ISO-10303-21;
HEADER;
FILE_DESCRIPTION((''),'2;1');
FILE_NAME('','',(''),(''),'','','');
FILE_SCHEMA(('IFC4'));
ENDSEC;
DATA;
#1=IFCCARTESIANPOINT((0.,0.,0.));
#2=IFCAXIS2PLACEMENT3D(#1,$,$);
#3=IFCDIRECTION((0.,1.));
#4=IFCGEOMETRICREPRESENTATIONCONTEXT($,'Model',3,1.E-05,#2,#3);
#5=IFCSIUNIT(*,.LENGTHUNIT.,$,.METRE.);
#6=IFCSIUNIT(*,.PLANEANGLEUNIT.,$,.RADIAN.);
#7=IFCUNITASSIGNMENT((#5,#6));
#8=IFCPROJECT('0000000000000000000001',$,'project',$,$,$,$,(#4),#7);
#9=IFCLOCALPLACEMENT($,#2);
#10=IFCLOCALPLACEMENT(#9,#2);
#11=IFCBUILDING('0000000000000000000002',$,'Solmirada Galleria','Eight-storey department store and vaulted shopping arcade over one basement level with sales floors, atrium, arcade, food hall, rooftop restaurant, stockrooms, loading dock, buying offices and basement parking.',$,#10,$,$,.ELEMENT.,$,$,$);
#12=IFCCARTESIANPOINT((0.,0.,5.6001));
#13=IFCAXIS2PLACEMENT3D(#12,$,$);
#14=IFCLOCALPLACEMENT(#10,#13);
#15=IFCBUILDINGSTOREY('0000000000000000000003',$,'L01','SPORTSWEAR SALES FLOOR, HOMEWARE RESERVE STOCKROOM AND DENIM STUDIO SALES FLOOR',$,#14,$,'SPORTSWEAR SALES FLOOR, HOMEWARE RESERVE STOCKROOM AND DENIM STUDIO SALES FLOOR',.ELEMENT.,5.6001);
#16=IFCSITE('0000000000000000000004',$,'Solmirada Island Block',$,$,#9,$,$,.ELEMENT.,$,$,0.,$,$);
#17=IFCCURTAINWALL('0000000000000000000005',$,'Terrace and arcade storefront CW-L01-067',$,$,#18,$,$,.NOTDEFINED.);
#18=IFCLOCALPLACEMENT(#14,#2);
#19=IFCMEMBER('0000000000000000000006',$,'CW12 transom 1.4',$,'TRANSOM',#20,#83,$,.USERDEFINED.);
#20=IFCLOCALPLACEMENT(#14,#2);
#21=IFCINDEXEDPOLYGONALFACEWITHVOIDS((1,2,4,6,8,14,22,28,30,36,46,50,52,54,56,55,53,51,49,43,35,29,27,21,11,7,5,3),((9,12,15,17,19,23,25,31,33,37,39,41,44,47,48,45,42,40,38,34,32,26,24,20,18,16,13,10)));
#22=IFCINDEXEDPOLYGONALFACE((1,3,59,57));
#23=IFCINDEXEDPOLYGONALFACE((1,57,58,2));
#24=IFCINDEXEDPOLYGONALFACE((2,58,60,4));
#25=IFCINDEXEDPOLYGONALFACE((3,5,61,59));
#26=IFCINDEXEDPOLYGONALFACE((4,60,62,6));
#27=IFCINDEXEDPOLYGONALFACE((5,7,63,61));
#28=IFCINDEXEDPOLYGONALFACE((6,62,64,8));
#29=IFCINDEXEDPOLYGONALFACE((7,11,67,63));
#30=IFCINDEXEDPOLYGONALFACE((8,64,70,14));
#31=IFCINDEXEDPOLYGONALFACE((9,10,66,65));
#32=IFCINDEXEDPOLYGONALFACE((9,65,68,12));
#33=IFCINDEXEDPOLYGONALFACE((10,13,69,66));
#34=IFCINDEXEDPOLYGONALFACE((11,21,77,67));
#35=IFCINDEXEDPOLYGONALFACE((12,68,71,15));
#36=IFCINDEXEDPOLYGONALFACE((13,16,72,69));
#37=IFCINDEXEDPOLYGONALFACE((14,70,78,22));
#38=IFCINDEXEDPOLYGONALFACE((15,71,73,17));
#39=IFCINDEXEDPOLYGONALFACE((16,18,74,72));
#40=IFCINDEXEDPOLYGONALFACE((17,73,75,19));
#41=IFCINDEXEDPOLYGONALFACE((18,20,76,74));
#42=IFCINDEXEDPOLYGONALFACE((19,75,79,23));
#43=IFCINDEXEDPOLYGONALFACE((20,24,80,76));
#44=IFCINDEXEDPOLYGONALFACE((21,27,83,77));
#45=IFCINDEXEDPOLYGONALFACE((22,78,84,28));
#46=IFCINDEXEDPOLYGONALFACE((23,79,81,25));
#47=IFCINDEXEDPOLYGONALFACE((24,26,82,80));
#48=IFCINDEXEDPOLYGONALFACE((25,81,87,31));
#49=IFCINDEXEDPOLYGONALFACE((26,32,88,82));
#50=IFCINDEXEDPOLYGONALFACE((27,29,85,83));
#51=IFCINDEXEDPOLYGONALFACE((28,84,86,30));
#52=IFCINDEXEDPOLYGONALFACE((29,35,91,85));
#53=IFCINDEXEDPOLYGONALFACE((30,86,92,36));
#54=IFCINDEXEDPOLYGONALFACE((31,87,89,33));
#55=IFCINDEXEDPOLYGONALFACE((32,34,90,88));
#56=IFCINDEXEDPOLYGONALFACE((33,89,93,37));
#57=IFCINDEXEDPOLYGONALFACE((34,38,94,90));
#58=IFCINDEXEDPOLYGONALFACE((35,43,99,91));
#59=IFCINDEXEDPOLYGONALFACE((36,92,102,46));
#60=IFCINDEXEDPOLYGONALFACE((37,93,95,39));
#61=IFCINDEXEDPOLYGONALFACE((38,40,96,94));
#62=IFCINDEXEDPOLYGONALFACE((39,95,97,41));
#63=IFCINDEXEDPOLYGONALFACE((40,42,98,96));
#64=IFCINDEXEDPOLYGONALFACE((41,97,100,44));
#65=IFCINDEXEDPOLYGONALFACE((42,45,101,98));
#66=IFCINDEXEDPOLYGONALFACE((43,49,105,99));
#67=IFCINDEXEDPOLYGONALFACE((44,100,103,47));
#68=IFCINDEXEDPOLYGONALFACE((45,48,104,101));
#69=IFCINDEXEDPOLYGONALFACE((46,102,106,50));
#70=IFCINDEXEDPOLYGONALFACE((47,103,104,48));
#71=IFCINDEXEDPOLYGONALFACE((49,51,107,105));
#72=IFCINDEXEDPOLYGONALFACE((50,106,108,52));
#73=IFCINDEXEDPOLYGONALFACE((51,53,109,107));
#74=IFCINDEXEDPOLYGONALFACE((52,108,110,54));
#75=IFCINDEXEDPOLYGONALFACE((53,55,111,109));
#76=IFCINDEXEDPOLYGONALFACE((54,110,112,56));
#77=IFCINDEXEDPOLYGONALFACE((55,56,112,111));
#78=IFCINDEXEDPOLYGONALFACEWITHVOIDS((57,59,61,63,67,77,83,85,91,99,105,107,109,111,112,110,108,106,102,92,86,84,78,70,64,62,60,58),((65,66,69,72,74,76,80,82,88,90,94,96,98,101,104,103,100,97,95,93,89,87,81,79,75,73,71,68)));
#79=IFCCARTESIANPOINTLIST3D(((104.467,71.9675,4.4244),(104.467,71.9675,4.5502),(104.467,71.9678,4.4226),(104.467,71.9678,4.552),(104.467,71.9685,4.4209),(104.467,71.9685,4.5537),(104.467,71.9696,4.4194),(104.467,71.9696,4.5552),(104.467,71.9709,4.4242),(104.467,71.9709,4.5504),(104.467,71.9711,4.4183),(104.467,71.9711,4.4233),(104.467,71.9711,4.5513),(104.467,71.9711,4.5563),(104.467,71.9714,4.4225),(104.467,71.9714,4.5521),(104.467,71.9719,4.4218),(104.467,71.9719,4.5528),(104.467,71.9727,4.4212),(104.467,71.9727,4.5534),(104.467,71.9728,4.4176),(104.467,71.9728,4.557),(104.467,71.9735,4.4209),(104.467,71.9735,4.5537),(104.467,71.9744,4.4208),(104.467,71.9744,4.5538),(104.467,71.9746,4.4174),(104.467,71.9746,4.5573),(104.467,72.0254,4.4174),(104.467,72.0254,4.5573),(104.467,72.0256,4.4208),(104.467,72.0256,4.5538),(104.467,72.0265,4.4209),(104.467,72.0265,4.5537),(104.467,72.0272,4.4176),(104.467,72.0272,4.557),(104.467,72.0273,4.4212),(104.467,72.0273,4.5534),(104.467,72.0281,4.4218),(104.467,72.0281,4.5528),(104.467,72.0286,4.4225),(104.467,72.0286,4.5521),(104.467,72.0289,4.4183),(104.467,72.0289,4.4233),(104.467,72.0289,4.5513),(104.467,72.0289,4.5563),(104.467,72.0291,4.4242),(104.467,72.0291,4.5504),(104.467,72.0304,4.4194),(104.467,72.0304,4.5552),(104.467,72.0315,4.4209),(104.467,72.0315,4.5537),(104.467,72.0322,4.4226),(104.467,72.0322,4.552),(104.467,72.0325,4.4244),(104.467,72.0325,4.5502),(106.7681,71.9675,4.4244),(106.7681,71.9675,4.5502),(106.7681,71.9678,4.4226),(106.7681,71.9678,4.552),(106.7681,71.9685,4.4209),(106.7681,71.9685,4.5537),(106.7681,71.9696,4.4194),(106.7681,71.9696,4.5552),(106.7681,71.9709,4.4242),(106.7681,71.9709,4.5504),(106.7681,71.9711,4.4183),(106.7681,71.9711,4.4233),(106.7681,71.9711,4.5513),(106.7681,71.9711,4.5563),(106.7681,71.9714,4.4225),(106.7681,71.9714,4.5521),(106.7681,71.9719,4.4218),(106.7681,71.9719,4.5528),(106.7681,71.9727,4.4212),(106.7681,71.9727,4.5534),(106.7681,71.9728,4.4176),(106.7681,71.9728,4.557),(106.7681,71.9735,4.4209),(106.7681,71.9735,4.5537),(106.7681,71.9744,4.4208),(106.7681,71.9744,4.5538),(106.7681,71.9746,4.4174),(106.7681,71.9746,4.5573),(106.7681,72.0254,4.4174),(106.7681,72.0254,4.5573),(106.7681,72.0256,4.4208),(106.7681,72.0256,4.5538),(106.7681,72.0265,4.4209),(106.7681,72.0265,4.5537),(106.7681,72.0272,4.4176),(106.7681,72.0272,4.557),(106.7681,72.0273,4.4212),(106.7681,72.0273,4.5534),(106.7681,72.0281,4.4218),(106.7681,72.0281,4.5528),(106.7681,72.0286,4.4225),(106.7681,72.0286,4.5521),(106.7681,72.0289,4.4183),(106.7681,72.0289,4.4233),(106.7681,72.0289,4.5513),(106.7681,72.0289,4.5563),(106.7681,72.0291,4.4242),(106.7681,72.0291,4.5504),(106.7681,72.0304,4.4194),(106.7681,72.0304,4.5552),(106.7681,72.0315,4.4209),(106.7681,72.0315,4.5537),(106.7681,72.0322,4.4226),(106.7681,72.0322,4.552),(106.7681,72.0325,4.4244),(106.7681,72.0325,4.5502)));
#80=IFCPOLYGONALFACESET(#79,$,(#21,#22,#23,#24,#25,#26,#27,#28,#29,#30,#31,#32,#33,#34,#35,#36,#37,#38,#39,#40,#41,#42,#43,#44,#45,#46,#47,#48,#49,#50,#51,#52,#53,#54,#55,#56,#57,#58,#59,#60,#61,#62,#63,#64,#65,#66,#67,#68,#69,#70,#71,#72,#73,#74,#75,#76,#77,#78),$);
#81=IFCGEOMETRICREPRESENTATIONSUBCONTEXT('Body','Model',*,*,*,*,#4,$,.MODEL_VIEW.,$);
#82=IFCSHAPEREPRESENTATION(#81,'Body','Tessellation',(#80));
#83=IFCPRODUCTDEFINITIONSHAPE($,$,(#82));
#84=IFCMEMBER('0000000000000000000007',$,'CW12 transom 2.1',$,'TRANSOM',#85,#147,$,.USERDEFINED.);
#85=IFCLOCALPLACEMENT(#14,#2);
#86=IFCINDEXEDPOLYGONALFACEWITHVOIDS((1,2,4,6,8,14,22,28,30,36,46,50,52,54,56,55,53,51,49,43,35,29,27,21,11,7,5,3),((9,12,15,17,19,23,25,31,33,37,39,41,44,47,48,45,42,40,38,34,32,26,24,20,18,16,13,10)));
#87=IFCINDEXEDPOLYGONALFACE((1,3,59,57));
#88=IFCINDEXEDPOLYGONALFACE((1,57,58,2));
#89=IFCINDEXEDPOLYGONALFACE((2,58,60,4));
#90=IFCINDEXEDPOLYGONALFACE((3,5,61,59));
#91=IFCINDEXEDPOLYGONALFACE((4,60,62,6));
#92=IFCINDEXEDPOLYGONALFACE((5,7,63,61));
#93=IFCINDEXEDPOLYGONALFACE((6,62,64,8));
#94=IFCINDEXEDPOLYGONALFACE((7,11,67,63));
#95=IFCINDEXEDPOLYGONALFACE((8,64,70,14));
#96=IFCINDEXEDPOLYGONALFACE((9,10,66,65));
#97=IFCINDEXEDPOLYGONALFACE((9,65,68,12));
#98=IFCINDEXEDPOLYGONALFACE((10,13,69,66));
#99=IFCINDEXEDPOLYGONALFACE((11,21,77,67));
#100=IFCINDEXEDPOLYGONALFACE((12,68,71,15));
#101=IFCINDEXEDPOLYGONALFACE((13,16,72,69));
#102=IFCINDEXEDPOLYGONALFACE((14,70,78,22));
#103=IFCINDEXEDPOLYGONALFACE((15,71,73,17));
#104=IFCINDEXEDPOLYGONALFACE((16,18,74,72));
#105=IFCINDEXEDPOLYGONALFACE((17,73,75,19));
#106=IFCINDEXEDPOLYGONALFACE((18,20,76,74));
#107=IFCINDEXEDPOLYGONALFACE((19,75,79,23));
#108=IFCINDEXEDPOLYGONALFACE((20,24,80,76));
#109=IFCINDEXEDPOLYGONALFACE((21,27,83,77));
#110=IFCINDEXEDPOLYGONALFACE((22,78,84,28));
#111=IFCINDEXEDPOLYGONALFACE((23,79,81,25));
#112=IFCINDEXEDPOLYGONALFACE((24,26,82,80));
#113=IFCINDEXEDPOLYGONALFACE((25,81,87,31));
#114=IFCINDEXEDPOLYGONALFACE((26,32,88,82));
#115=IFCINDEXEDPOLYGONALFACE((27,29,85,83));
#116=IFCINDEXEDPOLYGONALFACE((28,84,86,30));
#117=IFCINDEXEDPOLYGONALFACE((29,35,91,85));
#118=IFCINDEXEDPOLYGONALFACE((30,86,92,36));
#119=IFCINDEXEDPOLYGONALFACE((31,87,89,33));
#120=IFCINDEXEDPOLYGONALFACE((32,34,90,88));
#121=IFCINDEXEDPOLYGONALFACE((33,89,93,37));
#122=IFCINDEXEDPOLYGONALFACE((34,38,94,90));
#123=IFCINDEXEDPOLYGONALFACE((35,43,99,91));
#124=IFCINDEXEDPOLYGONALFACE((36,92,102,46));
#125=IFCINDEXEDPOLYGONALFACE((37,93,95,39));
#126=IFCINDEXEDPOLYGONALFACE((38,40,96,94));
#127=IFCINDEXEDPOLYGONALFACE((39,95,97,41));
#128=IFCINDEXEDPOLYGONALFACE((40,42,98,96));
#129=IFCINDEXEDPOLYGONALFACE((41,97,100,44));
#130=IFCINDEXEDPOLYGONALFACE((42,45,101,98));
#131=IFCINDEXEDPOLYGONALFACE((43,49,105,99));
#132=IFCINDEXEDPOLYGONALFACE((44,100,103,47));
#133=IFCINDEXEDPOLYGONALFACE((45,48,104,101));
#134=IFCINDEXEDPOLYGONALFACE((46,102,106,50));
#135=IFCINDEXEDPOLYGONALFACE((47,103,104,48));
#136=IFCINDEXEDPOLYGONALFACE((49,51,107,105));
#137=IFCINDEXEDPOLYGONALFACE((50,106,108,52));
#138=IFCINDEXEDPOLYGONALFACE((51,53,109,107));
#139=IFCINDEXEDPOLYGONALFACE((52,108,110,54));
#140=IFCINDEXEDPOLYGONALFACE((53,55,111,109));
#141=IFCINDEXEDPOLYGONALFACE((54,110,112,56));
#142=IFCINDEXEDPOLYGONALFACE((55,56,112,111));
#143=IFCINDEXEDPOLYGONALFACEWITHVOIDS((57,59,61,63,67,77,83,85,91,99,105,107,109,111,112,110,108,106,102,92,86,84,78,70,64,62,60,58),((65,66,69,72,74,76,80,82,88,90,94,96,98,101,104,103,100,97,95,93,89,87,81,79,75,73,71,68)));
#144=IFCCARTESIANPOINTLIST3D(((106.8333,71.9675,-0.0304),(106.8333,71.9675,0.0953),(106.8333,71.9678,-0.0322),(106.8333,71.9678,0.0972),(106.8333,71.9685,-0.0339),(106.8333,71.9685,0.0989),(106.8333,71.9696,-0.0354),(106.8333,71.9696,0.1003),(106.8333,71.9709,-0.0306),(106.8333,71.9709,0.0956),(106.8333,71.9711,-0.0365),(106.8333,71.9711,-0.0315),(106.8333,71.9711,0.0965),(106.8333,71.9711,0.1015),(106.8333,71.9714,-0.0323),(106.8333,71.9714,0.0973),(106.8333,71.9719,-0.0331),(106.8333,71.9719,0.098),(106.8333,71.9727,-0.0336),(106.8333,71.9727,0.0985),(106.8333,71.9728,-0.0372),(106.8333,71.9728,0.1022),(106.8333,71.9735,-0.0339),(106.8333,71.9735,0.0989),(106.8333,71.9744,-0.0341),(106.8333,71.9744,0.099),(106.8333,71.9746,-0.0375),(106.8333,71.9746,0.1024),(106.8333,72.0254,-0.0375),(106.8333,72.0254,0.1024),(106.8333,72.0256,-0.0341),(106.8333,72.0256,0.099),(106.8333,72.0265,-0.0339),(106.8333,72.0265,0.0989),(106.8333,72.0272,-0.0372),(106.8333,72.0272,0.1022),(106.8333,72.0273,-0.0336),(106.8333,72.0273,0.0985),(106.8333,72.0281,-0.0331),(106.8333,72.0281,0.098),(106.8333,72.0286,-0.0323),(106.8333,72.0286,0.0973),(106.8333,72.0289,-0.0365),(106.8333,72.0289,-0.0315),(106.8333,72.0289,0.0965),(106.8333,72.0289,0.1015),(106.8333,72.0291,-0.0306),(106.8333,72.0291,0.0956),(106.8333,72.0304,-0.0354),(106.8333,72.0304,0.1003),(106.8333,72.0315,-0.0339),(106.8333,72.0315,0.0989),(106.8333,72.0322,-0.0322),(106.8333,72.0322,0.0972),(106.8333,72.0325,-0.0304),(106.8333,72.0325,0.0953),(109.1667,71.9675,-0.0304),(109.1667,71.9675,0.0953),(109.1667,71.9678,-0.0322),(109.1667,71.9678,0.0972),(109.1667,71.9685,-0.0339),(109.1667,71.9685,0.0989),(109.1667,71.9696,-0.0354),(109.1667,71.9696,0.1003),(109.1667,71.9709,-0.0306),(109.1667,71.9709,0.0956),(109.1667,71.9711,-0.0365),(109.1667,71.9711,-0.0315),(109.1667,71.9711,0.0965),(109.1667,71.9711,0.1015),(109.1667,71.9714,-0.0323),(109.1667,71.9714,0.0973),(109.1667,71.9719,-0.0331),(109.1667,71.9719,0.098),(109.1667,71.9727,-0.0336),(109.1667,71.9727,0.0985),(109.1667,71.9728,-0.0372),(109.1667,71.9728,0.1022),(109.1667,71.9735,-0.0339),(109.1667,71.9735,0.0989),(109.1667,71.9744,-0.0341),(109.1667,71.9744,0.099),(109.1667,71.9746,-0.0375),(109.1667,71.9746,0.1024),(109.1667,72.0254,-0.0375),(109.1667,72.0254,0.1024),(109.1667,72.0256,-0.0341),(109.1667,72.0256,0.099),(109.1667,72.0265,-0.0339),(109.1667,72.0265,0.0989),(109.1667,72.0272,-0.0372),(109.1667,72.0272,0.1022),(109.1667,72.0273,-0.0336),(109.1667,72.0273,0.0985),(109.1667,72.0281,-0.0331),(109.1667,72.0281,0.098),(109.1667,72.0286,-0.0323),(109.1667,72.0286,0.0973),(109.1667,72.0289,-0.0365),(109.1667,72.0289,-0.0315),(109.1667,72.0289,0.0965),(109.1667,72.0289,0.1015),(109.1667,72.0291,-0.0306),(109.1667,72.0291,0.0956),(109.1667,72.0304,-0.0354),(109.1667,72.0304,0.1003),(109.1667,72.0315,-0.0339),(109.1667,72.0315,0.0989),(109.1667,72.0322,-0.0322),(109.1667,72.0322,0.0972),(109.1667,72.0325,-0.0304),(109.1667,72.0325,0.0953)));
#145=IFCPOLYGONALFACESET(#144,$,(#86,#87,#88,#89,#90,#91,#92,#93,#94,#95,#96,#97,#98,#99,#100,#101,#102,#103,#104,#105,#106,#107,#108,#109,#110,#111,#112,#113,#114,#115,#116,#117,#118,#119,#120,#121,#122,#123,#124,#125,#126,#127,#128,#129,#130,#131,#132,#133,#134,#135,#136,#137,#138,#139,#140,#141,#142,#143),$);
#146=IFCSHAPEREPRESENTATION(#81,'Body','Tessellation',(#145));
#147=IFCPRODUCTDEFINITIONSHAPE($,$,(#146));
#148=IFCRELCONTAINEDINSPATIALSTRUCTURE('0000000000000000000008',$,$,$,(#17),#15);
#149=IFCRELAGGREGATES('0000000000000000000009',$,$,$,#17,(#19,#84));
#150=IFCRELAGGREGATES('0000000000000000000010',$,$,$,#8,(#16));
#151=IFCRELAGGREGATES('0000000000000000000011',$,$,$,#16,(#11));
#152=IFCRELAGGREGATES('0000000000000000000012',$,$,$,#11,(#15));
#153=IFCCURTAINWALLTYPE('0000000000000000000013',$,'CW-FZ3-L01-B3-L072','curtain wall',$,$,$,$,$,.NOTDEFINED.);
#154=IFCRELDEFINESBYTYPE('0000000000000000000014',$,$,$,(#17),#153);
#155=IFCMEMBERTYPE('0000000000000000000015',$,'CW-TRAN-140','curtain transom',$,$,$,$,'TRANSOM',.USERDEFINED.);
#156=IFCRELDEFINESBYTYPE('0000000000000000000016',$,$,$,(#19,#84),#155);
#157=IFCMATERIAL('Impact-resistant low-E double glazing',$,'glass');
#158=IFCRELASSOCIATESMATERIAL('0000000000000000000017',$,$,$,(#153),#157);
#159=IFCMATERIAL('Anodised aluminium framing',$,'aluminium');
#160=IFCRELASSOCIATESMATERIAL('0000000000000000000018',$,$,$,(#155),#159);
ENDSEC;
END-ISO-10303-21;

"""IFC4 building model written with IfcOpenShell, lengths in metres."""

from ifc_helpers import new_model, si_unit, direction, frame, origin, origin_2d, place, context, subcontext, project, spatial, hollow_rectangle, extrude, material, material_profile, profile_set, type_object, element, aggregate, save


model = new_model("IFC4")

# Units and contexts
model_context = context("Model", 3, precision=1e-05, world=origin(), true_north=direction((0.0, 1.0)))
body_context = subcontext(model_context, "Body", "Model", "MODEL_VIEW")
ifc_project = project(units=[si_unit("LENGTHUNIT", "METRE"), si_unit("PLANEANGLEUNIT", "RADIAN")], contexts=[model_context])

# Site, building, storey
site_placement = place(None, origin())
site = spatial("IfcSite", under=ifc_project, at=site_placement, Name="Solmirada Island Block", CompositionType="ELEMENT", RefElevation=0.0)
building_placement = place(site_placement, origin())
building = spatial("IfcBuilding", under=site, at=building_placement, Name="Solmirada Galleria", Description="Eight-storey department store and vaulted shopping arcade over one basement level with sales floors, atrium, arcade, food hall, rooftop restaurant, stockrooms, loading dock, buying offices and basement parking.", CompositionType="ELEMENT")
storey_placement = place(building_placement, frame((0.0, 0.0, 5.6001)))
storey = spatial("IfcBuildingStorey", under=building, at=storey_placement, Name="L01", Description="SPORTSWEAR SALES FLOOR, HOMEWARE RESERVE STOCKROOM AND DENIM STUDIO SALES FLOOR", LongName="SPORTSWEAR SALES FLOOR, HOMEWARE RESERVE STOCKROOM AND DENIM STUDIO SALES FLOOR", CompositionType="ELEMENT", Elevation=5.6001)

# Curtain wall, members
ifc_material_1 = material(Name="Impact-resistant low-E double glazing", Category="glass")
curtain_wall_type = type_object("IfcCurtainWallType", Name="CW-FZ3-L01-B3-L072", Description="curtain wall", PredefinedType="NOTDEFINED", material=ifc_material_1)
curtain_wall_1_placement = place(storey_placement, origin())
curtain_wall_1 = element("IfcCurtainWall", 1, at=curtain_wall_1_placement, inside=storey, type_object=curtain_wall_type, Name="Terrace and arcade storefront CW-L01-067", PredefinedType="NOTDEFINED")
ifc_material_2 = material(Name="Anodised aluminium framing", Category="aluminium")
ifc_material_profile_1 = material_profile(ifc_material_2, hollow_rectangle(XDim=0.0649, YDim=0.1399, WallThickness=0.0034, InnerFilletRadius=0.0034, OuterFilletRadius=0.0071, at=origin_2d()), Name="ALU-TRAN-140X65")
ifc_profile_set_1 = profile_set([ifc_material_profile_1], Name="Anodised aluminium framing")
member_type_1 = type_object("IfcMemberType", Name="CW-TRAN-140", Description="curtain transom", ElementType="TRANSOM", PredefinedType="USERDEFINED", material=ifc_profile_set_1)
member_1_placement = place(storey_placement, frame((104.467, 72.0, 4.4873), z_axis=(1.0, 0.0, 0.0), x_axis=(0.0, 1.0, 0.0)))
member_1 = element("IfcMember", 2, at=member_1_placement, type_object=member_type_1, Name="CW12 transom 1.4", ObjectType="TRANSOM", PredefinedType="USERDEFINED", context=body_context, shape_type="SweptSolid", body=[
    extrude(hollow_rectangle(XDim=0.0649, YDim=0.1399, WallThickness=0.0034, InnerFilletRadius=0.0034, OuterFilletRadius=0.0071, at=origin_2d()), origin(), (0.0, 0.0, 1.0), 2.301),
])
member_2_placement = place(storey_placement, frame((106.8333, 72.0, 0.0325), z_axis=(1.0, 0.0, 0.0), x_axis=(0.0, 1.0, 0.0)))
member_2 = element("IfcMember", 3, at=member_2_placement, type_object=member_type_1, Name="CW12 transom 2.1", ObjectType="TRANSOM", PredefinedType="USERDEFINED", context=body_context, shape_type="SweptSolid", body=[
    extrude(hollow_rectangle(XDim=0.0649, YDim=0.1399, WallThickness=0.0034, InnerFilletRadius=0.0034, OuterFilletRadius=0.0071, at=origin_2d()), origin(), (0.0, 0.0, 1.0), 2.3335),
])

aggregate(curtain_wall_1, [member_1, member_2])

save(model, "model.ifc")
